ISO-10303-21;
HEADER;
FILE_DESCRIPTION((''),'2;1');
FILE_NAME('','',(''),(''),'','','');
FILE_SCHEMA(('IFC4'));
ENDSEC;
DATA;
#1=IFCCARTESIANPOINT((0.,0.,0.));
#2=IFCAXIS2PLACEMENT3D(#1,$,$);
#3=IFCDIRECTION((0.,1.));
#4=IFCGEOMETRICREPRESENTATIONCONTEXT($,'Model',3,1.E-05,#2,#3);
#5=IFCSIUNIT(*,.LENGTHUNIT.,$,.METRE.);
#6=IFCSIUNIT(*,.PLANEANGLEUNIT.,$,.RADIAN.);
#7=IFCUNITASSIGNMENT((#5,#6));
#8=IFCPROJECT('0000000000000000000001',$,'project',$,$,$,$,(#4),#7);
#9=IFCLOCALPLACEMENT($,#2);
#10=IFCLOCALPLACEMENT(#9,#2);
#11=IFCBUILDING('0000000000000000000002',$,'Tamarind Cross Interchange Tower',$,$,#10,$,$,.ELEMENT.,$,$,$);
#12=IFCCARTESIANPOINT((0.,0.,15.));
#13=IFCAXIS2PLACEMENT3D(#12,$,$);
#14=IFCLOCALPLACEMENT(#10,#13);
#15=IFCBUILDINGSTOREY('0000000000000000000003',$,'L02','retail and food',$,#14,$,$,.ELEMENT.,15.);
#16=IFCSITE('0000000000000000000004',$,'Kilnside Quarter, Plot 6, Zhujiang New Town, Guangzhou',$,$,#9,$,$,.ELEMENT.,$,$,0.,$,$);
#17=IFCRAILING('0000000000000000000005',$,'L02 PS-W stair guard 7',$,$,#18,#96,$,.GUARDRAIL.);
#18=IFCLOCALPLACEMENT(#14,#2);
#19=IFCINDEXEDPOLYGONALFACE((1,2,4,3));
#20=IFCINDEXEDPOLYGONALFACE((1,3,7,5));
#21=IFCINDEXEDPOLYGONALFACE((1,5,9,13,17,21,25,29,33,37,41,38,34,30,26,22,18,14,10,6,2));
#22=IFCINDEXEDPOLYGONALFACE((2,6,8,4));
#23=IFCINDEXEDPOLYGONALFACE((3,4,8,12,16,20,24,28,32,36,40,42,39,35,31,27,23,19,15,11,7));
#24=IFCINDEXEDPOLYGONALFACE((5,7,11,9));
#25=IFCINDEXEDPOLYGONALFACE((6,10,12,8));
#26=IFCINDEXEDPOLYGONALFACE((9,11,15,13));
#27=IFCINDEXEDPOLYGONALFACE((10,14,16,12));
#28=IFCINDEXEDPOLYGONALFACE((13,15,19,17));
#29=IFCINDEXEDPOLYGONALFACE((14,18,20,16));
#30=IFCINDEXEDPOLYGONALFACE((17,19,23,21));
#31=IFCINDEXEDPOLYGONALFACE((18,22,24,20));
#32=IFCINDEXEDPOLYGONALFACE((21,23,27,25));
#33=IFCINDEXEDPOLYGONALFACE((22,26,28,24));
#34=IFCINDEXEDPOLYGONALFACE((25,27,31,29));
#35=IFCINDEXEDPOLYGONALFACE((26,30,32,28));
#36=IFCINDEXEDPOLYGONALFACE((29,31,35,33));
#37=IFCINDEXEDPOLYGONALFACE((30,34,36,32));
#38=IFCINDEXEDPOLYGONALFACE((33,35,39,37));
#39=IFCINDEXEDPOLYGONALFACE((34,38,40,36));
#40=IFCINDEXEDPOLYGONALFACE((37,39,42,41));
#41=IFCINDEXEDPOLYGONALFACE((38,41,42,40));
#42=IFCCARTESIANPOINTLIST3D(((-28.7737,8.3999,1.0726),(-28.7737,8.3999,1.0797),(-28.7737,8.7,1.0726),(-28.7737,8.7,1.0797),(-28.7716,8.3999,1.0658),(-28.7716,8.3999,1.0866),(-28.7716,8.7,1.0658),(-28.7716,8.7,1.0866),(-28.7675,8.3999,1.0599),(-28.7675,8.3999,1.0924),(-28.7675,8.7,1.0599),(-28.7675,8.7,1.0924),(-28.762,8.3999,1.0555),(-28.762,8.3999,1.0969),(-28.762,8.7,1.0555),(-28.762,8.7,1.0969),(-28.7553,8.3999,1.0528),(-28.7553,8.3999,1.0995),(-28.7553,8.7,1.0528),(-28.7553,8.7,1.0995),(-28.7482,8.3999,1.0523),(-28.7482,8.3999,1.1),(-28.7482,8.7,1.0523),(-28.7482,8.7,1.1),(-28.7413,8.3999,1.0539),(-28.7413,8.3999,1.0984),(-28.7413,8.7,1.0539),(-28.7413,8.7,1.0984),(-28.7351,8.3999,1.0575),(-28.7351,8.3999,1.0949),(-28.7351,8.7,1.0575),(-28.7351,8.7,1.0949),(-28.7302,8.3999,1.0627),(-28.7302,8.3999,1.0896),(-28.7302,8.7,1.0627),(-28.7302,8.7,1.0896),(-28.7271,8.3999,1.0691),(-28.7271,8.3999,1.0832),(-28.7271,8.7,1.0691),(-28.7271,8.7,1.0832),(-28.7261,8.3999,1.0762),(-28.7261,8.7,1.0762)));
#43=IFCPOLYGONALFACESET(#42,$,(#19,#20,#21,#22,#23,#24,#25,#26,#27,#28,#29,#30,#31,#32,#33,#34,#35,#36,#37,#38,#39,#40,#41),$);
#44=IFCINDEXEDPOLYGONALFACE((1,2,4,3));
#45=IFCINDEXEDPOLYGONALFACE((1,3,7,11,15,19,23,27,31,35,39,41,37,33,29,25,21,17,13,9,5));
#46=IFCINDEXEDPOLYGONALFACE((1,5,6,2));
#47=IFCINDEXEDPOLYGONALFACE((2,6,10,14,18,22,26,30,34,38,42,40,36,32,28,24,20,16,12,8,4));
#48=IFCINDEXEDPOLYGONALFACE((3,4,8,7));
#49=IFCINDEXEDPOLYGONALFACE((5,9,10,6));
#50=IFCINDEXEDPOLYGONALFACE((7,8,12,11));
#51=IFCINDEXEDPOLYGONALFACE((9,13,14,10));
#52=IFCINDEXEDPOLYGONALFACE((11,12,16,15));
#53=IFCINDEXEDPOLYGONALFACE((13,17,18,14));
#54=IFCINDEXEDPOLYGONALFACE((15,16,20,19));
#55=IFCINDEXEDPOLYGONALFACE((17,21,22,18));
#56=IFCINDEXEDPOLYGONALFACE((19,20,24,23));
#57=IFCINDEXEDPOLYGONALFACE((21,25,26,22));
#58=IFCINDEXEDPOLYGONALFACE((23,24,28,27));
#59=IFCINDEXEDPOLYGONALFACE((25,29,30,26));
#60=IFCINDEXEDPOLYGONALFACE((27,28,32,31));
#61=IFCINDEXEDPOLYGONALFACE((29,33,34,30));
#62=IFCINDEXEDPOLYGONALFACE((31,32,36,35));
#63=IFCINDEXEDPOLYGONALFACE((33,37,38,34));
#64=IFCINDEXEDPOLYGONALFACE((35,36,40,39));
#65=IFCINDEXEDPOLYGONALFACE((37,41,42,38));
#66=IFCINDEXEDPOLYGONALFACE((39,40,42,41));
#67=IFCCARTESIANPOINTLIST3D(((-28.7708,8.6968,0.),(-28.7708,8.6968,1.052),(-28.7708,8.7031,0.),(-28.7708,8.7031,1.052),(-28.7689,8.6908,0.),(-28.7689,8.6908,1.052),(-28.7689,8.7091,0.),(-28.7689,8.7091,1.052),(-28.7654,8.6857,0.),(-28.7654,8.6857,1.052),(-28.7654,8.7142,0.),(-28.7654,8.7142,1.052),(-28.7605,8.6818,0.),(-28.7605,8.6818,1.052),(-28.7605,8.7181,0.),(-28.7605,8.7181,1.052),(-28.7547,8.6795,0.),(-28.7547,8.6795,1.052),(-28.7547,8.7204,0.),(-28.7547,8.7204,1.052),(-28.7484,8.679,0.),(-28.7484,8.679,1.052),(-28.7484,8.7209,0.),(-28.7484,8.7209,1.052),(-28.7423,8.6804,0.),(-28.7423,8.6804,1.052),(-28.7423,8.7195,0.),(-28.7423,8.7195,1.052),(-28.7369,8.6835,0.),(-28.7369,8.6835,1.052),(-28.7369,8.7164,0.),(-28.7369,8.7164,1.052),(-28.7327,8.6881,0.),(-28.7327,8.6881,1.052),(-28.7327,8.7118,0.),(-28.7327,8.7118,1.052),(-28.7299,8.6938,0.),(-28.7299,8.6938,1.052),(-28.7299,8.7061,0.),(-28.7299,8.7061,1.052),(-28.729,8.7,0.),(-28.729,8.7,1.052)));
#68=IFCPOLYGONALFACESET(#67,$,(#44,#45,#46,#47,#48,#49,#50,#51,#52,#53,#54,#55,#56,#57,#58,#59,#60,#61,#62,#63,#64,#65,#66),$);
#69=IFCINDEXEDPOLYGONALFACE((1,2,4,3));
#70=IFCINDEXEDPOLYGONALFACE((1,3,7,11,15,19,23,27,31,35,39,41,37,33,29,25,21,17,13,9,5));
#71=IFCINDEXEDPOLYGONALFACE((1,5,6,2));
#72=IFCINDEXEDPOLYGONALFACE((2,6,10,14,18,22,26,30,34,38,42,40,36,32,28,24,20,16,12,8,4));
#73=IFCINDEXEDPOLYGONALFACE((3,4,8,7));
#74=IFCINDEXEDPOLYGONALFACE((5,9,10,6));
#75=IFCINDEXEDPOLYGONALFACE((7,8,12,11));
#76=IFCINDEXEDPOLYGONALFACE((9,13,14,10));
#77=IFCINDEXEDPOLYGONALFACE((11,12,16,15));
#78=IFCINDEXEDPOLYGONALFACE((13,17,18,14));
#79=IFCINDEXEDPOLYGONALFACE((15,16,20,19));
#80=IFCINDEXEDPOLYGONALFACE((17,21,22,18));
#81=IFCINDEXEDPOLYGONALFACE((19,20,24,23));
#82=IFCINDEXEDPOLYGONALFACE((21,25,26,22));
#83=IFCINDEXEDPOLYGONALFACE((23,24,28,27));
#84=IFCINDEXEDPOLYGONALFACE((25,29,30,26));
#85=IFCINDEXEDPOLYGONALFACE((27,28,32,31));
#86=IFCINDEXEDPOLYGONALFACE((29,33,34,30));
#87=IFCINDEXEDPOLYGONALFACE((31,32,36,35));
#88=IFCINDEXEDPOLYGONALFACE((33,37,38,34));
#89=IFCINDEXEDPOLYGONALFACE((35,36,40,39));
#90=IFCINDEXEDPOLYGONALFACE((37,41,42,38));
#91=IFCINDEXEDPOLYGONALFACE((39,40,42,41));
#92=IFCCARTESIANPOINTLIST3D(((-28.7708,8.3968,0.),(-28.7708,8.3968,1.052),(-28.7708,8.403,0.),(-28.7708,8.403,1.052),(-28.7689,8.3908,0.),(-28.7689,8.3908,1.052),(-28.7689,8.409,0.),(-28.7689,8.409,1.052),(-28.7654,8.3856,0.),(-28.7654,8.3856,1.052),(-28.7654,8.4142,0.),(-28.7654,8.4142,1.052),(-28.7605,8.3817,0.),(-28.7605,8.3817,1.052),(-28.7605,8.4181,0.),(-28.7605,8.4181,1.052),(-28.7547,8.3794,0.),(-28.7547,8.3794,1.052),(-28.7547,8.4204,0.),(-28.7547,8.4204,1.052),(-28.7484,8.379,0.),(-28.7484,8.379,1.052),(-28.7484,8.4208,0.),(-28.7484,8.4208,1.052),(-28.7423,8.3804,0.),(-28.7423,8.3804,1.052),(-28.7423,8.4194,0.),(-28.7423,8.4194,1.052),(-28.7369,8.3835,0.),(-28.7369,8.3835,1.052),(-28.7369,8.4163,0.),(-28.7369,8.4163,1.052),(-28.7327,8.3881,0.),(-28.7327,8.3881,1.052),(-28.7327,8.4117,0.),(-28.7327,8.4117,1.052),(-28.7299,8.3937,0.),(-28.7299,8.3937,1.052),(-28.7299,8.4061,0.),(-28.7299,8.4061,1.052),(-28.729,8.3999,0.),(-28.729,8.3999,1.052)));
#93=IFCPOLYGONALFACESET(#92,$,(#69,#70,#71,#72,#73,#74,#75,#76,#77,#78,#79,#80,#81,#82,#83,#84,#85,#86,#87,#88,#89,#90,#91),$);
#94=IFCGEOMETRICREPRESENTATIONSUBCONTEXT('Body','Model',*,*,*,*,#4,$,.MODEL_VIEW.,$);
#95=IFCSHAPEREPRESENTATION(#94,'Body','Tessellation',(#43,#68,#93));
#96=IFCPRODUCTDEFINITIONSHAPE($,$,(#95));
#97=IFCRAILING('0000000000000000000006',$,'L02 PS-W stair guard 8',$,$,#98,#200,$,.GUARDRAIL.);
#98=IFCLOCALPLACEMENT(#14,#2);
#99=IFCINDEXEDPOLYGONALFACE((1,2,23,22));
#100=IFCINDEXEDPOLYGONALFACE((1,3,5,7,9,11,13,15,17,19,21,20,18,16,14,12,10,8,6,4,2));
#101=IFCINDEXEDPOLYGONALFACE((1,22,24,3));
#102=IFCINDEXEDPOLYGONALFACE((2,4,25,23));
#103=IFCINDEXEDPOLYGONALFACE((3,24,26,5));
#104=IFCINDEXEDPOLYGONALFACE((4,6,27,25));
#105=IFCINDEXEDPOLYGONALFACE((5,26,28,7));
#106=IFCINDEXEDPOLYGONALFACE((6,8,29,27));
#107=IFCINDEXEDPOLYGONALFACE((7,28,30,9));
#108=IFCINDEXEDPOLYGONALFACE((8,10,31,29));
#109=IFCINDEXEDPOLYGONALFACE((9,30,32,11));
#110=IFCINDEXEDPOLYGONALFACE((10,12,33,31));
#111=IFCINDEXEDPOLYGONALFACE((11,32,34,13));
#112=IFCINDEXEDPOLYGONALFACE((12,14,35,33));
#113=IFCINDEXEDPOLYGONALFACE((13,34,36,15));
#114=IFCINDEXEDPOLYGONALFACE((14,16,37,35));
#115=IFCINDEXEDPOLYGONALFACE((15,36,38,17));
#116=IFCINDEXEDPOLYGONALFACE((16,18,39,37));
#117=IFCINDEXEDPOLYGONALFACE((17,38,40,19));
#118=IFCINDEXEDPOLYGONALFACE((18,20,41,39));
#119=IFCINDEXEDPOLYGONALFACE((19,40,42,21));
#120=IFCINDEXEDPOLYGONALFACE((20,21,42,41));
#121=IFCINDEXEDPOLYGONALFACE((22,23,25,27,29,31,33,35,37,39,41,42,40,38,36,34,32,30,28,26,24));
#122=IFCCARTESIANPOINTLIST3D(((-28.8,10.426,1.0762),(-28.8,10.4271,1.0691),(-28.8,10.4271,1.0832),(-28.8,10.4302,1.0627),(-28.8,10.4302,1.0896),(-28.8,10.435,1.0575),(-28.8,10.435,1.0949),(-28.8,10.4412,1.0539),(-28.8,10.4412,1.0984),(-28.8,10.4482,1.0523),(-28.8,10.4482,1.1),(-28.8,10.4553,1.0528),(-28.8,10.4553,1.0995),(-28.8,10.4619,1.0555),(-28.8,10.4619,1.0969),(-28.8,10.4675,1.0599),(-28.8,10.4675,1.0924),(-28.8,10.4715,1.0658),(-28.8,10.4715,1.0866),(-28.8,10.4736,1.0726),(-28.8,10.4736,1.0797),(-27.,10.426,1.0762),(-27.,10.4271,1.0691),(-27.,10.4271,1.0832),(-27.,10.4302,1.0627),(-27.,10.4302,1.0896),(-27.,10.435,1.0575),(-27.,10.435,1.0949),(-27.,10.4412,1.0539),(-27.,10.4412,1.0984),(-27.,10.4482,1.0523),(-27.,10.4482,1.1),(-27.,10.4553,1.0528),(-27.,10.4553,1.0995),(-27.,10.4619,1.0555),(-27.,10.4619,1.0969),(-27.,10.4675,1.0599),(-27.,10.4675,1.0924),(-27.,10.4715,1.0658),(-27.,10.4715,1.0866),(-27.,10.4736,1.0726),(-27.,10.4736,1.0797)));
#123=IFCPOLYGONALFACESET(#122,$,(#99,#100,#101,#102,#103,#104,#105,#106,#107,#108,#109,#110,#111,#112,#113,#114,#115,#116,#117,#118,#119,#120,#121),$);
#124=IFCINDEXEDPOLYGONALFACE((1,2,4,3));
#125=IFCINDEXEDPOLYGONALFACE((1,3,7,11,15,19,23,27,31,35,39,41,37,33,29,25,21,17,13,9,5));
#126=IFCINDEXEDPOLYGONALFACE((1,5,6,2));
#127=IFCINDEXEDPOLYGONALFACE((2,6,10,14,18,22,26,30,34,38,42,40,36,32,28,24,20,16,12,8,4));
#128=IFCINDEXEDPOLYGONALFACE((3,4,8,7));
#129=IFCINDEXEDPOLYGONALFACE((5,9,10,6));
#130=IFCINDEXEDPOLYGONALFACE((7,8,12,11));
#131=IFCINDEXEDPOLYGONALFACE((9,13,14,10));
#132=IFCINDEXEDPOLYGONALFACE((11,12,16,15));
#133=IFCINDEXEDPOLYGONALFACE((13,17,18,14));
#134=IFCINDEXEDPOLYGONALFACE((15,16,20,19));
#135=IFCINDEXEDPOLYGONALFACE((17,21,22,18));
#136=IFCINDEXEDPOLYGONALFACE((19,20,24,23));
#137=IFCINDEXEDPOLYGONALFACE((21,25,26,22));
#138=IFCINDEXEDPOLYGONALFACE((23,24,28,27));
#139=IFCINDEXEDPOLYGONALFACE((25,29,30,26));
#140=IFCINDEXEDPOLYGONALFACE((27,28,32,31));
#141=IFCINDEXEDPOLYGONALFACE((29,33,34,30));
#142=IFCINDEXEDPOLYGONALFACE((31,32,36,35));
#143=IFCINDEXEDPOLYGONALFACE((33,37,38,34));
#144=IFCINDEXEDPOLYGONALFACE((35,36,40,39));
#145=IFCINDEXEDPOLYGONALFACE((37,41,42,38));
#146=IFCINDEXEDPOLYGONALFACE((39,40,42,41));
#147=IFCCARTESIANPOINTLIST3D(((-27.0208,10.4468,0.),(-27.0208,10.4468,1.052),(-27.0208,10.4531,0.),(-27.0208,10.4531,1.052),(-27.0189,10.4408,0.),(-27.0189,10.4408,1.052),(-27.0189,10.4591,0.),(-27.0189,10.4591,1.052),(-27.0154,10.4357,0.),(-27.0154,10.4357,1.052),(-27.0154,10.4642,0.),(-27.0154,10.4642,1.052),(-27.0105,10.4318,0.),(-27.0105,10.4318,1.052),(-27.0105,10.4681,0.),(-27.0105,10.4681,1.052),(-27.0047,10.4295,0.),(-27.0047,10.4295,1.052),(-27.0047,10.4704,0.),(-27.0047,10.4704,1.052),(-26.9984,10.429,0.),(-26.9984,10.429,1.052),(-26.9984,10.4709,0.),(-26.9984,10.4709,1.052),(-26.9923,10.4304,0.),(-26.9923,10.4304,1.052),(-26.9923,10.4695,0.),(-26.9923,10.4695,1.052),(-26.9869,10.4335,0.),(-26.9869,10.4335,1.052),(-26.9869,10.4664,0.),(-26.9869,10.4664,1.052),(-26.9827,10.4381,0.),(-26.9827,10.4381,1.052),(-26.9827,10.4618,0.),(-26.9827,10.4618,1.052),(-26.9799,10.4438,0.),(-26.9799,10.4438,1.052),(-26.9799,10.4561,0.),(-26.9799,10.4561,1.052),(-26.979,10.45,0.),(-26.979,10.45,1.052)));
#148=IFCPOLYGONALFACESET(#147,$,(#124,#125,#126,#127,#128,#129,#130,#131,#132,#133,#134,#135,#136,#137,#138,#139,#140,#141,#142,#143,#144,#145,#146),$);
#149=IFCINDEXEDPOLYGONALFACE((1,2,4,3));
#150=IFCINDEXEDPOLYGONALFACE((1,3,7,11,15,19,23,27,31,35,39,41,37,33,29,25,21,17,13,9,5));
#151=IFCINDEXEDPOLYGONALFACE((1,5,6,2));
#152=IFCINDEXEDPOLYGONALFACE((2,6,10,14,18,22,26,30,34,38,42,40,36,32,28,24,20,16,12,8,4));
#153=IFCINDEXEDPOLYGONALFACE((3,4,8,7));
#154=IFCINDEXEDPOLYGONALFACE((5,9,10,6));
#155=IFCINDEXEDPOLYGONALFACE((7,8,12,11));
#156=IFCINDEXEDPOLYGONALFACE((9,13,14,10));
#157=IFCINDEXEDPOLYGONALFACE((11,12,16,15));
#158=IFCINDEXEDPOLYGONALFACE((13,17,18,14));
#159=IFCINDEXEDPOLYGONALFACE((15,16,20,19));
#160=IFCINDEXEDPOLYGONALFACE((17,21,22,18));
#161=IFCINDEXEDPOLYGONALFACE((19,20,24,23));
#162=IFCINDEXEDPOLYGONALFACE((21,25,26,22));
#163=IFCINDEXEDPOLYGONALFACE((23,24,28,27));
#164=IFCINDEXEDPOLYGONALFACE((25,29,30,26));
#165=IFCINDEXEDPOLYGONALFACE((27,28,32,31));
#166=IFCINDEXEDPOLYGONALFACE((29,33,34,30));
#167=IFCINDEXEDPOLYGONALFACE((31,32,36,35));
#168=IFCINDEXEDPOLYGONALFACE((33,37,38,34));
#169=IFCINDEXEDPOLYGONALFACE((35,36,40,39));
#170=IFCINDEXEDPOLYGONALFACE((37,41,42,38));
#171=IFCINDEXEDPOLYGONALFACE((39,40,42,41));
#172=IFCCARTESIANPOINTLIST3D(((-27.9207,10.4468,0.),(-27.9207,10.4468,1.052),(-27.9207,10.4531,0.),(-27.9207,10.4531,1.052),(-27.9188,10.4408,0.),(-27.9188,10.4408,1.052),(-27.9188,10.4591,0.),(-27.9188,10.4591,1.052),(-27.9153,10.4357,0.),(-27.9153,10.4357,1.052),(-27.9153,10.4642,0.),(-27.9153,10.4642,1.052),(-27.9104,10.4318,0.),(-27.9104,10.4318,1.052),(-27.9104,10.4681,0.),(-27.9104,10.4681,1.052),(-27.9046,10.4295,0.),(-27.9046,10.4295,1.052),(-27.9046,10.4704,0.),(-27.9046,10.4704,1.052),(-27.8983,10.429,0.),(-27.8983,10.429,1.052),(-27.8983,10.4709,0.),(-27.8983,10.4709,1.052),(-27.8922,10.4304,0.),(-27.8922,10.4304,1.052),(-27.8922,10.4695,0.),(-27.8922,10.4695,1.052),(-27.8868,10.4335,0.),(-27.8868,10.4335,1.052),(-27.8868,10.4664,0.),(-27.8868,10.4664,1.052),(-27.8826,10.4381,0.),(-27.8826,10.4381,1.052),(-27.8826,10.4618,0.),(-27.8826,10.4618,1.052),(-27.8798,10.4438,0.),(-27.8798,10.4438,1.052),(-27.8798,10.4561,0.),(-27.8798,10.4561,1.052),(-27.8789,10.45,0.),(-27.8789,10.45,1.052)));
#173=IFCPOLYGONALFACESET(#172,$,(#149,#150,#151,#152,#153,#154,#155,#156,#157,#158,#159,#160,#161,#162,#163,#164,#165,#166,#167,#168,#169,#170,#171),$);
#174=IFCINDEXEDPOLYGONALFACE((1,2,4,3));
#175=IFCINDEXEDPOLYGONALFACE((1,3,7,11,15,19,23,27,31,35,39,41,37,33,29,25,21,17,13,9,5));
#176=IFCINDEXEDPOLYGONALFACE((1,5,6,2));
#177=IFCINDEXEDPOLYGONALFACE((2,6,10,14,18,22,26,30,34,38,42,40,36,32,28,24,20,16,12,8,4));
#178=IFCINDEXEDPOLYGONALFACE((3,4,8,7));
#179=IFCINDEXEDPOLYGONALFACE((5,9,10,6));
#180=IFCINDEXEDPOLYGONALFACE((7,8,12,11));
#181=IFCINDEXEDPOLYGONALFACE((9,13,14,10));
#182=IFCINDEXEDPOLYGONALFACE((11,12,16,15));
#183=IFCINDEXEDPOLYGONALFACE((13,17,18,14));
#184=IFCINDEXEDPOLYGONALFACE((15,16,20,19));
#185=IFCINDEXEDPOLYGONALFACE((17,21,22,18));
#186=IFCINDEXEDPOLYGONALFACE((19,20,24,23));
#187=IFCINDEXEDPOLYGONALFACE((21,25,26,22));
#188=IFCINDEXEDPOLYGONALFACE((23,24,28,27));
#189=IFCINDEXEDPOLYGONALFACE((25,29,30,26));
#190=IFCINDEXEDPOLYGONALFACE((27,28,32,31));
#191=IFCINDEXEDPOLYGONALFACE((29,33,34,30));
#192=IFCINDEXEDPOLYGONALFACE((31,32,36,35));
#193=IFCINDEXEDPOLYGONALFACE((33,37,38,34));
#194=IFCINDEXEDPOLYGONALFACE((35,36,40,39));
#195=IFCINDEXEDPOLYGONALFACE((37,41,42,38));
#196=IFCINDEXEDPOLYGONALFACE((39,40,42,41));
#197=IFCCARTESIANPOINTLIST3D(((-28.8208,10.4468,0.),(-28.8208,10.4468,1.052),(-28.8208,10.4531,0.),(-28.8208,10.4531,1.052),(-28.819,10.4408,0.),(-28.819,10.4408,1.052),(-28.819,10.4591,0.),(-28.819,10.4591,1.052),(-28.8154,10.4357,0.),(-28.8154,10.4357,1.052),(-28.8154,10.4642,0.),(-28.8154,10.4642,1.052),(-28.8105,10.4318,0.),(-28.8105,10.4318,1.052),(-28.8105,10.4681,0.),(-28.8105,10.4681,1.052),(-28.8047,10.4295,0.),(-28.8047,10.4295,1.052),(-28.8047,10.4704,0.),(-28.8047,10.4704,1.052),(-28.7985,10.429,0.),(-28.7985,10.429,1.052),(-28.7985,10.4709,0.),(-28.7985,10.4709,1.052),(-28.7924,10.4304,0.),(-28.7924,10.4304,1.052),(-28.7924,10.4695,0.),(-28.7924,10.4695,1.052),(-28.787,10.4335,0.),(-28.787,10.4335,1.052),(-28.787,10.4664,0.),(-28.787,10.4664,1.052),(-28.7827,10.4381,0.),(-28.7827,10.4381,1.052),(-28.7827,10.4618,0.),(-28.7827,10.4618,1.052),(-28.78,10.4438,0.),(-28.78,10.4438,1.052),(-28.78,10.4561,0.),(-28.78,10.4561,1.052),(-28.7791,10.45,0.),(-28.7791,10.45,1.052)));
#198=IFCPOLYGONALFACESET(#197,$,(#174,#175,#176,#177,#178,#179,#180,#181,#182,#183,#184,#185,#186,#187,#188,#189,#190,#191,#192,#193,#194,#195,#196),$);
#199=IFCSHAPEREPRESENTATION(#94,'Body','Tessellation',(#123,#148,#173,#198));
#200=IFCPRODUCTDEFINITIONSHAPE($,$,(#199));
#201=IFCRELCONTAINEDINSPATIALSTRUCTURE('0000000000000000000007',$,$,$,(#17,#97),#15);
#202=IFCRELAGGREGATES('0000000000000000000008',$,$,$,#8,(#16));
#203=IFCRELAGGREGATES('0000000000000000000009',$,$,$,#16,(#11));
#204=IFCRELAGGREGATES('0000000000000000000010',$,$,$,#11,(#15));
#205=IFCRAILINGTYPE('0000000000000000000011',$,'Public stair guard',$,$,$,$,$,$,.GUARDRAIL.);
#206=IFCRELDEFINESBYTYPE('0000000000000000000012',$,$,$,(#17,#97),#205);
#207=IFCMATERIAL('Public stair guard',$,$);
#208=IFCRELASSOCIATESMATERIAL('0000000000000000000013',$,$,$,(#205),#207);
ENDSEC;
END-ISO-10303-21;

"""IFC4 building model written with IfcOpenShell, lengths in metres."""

from ifc_helpers import new_model, si_unit, direction, frame, origin, origin_2d, place, context, subcontext, project, spatial, circle, extrude, material, type_object, element, save


model = new_model("IFC4")

# Units and contexts
model_context = context("Model", 3, precision=1e-05, world=origin(), true_north=direction((0.0, 1.0)))
body_context = subcontext(model_context, "Body", "Model", "MODEL_VIEW")
ifc_project = project(units=[si_unit("LENGTHUNIT", "METRE"), si_unit("PLANEANGLEUNIT", "RADIAN")], contexts=[model_context])

# Site, building, storey
site_placement = place(None, origin())
site = spatial("IfcSite", under=ifc_project, at=site_placement, Name="Kilnside Quarter, Plot 6, Zhujiang New Town, Guangzhou", CompositionType="ELEMENT", RefElevation=0.0)
building_placement = place(site_placement, origin())
building = spatial("IfcBuilding", under=site, at=building_placement, Name="Tamarind Cross Interchange Tower", CompositionType="ELEMENT")
storey_placement = place(building_placement, frame((0.0, 0.0, 15.0)))
storey = spatial("IfcBuildingStorey", under=building, at=storey_placement, Name="L02", Description="retail and food", CompositionType="ELEMENT", Elevation=15.0)

# Railings
ifc_material_1 = material(Name="Public stair guard")
railing_type = type_object("IfcRailingType", Name="Public stair guard", PredefinedType="GUARDRAIL", material=ifc_material_1)
railing_1_placement = place(storey_placement, frame((-28.75, 8.7, 0.0)))
element("IfcRailing", 1, at=railing_1_placement, inside=storey, type_object=railing_type, Name="L02 PS-W stair guard 7", PredefinedType="GUARDRAIL", context=body_context, shape_type="SweptSolid", body=[
    extrude(circle(Radius=0.0239, at=origin_2d()), frame((0.0, 0.0, 1.0762), z_axis=(0.0, -1.0, 0.0), x_axis=(1.0, 0.0, 0.0)), (0.0, 0.0, 1.0), 0.3),
    extrude(circle(Radius=0.021, at=origin_2d()), origin(), (0.0, 0.0, 1.0), 1.052),
    extrude(circle(Radius=0.021, at=origin_2d()), frame((0.0, -0.3, 0.0)), (0.0, 0.0, 1.0), 1.052),
])
for number, where, name in (
    (2, (-27.0, 10.45, 0.0), "L02 PS-W stair guard 8"),
):
    element("IfcRailing", number, at=place(storey_placement, frame(where)), inside=storey, type_object=railing_type, Name=name, PredefinedType="GUARDRAIL", context=body_context, shape_type="SweptSolid", body=[
        extrude(circle(Radius=0.0239, at=origin_2d()), frame((0.0, 0.0, 1.0762), z_axis=(-1.0, 0.0, 0.0), x_axis=(0.0, -1.0, 0.0)), (0.0, 0.0, 1.0), 1.8),
        extrude(circle(Radius=0.021, at=origin_2d()), origin(), (0.0, 0.0, 1.0), 1.052),
        extrude(circle(Radius=0.021, at=origin_2d()), frame((-0.8999, 0.0, 0.0)), (0.0, 0.0, 1.0), 1.052),
        extrude(circle(Radius=0.021, at=origin_2d()), frame((-1.8, 0.0, 0.0)), (0.0, 0.0, 1.0), 1.052),
    ])

save(model, "model.ifc")
